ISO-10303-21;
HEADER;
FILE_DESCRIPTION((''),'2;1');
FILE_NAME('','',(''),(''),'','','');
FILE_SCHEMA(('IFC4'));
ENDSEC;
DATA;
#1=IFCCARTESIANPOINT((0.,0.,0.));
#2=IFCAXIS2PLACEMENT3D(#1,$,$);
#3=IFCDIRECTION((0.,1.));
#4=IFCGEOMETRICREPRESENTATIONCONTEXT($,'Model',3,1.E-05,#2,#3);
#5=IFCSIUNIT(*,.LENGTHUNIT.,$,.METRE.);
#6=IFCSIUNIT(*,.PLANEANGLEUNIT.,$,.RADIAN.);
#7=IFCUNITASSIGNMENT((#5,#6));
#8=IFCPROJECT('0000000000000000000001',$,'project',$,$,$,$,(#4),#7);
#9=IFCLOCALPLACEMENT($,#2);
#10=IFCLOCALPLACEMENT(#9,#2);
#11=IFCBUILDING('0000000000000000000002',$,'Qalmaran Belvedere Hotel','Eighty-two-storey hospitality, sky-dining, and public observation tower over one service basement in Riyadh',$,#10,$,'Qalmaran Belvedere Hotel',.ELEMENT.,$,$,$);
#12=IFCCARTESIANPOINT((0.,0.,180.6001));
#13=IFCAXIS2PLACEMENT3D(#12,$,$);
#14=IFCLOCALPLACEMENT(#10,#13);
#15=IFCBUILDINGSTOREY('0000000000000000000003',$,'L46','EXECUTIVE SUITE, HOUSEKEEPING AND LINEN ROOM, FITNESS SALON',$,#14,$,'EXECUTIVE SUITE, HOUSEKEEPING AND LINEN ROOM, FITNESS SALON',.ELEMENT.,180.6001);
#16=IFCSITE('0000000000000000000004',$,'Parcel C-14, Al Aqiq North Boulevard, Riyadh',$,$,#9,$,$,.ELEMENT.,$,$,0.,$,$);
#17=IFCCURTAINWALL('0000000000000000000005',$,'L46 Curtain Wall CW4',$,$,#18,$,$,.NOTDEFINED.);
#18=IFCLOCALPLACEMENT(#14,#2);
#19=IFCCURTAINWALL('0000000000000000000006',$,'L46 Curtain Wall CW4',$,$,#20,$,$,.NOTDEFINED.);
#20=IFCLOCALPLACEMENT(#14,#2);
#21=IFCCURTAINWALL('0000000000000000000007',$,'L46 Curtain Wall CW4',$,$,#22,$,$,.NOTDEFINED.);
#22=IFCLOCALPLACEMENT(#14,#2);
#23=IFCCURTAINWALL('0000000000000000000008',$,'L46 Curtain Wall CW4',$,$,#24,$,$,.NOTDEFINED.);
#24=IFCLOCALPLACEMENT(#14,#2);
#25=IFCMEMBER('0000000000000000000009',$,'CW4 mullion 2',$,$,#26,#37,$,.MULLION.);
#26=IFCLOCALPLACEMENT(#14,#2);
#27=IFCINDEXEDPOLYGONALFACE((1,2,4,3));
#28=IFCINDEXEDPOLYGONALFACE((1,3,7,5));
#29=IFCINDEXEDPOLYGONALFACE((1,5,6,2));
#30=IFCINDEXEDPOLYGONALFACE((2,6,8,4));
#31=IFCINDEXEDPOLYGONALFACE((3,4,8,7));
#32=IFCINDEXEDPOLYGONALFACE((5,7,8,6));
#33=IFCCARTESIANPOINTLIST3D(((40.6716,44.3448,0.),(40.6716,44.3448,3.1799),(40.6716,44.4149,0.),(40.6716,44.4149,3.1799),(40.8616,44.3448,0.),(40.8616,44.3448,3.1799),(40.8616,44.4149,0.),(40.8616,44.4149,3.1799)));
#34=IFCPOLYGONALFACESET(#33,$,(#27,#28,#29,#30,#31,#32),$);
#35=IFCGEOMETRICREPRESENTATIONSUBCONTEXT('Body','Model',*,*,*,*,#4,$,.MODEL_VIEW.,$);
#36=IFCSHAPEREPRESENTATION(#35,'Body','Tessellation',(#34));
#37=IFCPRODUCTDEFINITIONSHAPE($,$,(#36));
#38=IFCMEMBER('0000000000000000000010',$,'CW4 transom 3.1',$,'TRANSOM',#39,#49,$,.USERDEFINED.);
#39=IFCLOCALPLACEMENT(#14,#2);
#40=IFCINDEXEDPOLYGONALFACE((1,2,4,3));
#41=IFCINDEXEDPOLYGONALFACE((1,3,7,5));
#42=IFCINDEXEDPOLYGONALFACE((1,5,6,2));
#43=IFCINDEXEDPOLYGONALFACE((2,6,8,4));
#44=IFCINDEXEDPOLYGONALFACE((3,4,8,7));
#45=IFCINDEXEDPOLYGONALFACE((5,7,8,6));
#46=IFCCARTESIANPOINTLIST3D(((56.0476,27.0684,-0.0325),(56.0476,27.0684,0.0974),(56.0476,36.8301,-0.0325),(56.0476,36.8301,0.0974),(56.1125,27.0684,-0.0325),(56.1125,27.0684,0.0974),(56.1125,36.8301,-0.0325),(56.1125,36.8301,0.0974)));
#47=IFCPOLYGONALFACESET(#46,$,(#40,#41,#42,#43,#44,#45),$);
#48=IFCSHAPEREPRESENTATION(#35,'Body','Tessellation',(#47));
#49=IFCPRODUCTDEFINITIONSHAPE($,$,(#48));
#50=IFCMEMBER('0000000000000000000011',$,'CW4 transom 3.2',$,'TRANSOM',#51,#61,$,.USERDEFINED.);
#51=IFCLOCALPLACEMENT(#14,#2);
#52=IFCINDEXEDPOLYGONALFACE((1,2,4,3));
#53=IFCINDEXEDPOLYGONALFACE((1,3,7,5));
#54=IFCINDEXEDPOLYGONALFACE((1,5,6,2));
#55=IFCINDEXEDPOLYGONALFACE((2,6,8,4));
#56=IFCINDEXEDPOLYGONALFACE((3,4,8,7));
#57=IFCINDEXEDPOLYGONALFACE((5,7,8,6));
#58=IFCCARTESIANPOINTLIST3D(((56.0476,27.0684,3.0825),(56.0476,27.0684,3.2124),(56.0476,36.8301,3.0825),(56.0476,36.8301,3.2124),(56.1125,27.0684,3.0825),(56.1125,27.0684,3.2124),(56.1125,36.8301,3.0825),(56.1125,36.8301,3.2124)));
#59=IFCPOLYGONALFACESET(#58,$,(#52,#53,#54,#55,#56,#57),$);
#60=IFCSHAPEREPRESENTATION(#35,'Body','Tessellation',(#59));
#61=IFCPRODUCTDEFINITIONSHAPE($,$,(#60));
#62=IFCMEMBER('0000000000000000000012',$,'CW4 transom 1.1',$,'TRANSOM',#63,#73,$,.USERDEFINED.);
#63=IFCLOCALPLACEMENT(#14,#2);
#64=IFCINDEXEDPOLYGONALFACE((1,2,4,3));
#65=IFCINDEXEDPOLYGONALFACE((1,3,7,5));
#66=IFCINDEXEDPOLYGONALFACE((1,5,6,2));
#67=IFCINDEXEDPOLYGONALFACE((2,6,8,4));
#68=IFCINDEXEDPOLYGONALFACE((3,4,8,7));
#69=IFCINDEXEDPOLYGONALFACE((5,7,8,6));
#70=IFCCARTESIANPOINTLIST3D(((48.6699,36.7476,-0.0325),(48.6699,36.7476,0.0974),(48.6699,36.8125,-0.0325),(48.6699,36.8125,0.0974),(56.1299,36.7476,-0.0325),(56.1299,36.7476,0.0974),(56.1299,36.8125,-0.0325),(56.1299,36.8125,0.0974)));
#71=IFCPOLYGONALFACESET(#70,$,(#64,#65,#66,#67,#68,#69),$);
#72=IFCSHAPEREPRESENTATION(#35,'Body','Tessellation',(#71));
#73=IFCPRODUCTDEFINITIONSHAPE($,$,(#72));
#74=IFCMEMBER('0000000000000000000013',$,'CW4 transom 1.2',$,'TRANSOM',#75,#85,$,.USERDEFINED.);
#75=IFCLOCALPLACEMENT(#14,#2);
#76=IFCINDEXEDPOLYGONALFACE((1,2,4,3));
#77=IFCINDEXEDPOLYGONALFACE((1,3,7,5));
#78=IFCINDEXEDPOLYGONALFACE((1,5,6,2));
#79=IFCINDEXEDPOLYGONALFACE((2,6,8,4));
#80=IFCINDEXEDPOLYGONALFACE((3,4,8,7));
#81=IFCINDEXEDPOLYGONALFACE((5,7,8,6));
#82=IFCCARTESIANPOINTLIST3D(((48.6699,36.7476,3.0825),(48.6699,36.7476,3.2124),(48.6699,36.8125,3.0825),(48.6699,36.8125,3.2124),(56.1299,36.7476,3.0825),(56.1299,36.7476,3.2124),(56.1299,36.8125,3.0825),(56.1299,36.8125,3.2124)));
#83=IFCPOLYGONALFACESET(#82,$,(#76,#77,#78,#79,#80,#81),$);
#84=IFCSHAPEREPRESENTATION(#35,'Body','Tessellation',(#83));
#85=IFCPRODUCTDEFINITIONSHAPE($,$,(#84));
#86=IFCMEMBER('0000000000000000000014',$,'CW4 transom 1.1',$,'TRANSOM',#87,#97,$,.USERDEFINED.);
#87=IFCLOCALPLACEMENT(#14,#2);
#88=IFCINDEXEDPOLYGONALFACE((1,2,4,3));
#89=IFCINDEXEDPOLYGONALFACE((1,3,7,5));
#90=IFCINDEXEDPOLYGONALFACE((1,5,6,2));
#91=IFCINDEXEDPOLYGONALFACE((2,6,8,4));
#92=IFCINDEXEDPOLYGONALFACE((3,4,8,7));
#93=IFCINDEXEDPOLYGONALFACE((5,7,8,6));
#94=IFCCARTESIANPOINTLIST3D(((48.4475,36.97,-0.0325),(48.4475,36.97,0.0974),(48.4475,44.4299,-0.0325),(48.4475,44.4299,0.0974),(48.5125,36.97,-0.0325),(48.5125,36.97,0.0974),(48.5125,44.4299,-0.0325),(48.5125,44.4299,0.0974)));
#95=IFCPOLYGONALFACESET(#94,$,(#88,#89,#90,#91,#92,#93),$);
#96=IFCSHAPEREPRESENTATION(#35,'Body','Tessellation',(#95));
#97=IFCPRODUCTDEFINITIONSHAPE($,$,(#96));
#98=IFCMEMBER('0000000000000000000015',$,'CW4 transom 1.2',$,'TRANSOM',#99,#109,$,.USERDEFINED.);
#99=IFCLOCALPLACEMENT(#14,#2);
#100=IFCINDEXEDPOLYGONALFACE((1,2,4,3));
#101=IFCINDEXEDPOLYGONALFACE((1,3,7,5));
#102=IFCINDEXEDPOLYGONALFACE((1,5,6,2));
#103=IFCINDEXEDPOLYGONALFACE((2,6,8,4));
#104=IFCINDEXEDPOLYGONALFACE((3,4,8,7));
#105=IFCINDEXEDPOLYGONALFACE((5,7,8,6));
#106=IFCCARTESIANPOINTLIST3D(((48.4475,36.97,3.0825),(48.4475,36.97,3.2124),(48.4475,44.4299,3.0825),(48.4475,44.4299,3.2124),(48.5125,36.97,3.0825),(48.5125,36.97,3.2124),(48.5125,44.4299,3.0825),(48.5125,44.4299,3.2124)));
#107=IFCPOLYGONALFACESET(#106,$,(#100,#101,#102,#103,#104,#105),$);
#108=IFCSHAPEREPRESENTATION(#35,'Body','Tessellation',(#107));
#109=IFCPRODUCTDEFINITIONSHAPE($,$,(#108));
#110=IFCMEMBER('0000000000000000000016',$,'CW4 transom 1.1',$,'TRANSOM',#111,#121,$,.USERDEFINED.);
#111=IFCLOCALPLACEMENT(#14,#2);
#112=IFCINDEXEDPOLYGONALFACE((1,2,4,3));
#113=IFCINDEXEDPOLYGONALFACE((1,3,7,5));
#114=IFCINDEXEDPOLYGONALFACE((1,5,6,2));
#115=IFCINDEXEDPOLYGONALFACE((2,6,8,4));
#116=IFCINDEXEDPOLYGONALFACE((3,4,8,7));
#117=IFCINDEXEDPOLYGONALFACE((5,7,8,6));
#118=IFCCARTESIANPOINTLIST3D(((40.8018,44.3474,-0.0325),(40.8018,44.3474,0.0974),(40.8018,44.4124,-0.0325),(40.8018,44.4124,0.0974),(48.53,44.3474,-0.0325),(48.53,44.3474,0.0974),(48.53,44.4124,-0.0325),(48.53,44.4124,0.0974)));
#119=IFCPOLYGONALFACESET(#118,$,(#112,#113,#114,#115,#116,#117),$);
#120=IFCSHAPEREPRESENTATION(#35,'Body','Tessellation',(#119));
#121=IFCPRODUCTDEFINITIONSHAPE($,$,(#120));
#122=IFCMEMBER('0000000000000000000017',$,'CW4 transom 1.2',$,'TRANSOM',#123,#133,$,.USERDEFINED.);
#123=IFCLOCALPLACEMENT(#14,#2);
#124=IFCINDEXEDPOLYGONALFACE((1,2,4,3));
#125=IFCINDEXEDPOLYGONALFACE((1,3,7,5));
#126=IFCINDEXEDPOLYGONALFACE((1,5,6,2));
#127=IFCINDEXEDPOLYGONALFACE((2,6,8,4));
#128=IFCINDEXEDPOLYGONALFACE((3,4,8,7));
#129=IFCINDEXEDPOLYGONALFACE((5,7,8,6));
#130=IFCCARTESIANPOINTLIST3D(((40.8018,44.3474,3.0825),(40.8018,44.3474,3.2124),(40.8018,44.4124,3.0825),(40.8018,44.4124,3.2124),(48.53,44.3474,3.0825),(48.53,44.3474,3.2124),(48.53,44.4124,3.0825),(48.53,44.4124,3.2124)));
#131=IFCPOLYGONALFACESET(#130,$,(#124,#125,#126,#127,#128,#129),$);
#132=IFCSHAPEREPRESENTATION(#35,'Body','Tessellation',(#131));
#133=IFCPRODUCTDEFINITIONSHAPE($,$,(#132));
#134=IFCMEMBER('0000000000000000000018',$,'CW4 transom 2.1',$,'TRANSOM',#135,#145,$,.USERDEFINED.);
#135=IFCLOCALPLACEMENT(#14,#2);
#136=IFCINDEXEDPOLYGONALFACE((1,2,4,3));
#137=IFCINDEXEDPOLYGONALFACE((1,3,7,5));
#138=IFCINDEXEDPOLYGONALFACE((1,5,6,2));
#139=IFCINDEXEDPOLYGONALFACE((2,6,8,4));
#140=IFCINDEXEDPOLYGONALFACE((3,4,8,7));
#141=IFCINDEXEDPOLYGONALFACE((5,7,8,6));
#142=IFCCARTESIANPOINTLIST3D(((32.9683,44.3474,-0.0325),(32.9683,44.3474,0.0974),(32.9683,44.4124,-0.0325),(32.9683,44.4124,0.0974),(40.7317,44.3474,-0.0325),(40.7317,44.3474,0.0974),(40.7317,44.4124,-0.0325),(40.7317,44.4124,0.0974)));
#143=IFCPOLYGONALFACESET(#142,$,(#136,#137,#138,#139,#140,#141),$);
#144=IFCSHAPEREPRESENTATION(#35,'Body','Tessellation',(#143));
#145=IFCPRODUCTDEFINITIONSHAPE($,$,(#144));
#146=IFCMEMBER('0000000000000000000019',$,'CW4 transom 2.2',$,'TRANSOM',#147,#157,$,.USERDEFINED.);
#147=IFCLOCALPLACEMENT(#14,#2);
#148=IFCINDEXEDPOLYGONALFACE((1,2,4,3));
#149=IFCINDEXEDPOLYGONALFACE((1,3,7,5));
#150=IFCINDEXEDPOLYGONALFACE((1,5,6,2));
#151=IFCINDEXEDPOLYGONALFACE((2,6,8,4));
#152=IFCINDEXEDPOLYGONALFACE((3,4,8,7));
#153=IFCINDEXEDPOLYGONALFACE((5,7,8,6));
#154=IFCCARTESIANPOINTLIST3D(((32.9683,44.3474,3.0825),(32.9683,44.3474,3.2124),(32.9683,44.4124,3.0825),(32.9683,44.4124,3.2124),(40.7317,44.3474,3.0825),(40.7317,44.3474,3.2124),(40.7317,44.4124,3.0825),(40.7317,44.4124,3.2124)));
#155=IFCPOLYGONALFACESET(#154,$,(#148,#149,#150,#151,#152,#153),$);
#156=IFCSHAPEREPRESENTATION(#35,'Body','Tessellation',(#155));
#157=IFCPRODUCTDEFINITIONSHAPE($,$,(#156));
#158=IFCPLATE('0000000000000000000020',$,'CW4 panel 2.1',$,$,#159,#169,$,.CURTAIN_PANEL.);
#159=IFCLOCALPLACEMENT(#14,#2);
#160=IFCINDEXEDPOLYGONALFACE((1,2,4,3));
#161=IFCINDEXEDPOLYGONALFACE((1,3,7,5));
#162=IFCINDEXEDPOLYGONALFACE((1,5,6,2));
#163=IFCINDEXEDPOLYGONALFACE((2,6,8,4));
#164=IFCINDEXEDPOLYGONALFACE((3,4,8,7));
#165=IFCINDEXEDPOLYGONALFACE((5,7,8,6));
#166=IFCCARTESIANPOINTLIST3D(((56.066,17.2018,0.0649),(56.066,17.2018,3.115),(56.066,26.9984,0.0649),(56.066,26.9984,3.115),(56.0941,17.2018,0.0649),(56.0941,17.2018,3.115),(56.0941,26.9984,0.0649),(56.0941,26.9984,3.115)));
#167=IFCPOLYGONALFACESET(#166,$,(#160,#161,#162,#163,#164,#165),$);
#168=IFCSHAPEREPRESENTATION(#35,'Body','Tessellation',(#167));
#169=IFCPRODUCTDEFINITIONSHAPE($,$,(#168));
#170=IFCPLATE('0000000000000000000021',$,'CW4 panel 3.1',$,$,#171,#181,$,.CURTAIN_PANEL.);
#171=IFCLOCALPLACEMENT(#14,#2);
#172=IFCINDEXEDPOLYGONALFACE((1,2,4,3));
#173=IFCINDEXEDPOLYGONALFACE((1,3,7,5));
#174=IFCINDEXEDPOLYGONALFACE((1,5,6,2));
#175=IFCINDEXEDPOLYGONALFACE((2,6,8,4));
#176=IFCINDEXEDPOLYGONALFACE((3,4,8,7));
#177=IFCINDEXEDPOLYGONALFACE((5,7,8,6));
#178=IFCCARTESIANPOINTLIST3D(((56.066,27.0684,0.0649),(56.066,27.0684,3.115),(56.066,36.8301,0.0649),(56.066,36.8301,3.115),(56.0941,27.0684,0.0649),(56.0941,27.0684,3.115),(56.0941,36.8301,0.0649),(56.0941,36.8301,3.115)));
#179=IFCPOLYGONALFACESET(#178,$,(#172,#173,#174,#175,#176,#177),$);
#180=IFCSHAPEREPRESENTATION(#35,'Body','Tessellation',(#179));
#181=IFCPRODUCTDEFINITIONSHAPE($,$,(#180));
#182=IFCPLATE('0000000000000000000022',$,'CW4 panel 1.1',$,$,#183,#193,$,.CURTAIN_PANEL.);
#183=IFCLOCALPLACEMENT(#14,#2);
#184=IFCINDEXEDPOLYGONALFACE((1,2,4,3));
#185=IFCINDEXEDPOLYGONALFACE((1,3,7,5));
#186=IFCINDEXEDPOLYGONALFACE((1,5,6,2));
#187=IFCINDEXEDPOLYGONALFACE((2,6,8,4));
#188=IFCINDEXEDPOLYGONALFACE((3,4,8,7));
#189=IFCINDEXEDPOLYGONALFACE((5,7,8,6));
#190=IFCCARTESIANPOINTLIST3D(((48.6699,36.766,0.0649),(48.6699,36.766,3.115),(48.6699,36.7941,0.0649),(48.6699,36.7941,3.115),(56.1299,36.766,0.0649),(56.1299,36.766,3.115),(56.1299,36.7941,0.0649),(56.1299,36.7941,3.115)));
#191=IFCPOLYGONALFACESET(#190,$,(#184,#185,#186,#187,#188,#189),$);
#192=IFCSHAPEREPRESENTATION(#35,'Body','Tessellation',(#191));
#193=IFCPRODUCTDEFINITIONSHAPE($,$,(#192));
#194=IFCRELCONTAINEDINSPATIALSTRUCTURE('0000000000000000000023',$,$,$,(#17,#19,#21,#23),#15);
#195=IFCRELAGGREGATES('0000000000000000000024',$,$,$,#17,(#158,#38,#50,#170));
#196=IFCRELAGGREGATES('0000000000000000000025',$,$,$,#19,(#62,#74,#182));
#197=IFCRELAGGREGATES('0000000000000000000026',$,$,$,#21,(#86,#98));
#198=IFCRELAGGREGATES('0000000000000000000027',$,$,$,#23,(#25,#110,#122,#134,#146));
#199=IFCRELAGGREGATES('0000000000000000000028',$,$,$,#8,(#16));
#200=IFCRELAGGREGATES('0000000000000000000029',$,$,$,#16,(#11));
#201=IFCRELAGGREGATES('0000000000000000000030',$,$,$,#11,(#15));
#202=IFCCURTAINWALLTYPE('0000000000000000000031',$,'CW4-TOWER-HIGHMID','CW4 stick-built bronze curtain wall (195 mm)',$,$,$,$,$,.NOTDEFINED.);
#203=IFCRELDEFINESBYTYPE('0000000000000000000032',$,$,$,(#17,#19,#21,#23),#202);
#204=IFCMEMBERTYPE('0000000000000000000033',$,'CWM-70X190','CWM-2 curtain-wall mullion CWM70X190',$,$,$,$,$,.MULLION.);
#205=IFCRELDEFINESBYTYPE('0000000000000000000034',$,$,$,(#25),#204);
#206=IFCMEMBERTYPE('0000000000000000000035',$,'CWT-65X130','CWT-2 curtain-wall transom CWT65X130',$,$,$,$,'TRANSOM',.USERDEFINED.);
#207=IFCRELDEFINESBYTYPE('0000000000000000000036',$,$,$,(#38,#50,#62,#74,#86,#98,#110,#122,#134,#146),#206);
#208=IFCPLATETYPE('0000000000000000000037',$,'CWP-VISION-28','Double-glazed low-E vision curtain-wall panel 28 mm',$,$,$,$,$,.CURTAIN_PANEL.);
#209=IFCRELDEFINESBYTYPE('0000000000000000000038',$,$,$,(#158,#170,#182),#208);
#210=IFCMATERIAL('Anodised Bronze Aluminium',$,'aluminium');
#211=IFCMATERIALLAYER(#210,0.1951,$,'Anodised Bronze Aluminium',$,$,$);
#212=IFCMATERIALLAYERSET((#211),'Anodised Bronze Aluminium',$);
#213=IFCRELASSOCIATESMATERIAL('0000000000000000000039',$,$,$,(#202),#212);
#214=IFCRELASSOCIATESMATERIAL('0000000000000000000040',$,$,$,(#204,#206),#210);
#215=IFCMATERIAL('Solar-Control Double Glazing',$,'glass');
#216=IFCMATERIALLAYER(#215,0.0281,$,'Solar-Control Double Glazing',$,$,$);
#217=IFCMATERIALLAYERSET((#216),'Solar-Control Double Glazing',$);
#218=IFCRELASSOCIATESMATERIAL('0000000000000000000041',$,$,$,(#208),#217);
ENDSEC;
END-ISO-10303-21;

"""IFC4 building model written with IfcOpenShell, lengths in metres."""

from ifc_helpers import new_model, si_unit, direction, frame, origin, origin_2d, place, context, subcontext, project, spatial, rectangle, extrude, material, layer, layer_set, material_profile, profile_set, type_object, element, aggregate, save


model = new_model("IFC4")

# Units and contexts
model_context = context("Model", 3, precision=1e-05, world=origin(), true_north=direction((0.0, 1.0)))
body_context = subcontext(model_context, "Body", "Model", "MODEL_VIEW")
ifc_project = project(units=[si_unit("LENGTHUNIT", "METRE"), si_unit("PLANEANGLEUNIT", "RADIAN")], contexts=[model_context])

# Site, building, storey
site_placement = place(None, origin())
site = spatial("IfcSite", under=ifc_project, at=site_placement, Name="Parcel C-14, Al Aqiq North Boulevard, Riyadh", CompositionType="ELEMENT", RefElevation=0.0)
building_placement = place(site_placement, origin())
building = spatial("IfcBuilding", under=site, at=building_placement, Name="Qalmaran Belvedere Hotel", Description="Eighty-two-storey hospitality, sky-dining, and public observation tower over one service basement in Riyadh", LongName="Qalmaran Belvedere Hotel", CompositionType="ELEMENT")
storey_placement = place(building_placement, frame((0.0, 0.0, 180.6001)))
storey = spatial("IfcBuildingStorey", under=building, at=storey_placement, Name="L46", Description="EXECUTIVE SUITE, HOUSEKEEPING AND LINEN ROOM, FITNESS SALON", LongName="EXECUTIVE SUITE, HOUSEKEEPING AND LINEN ROOM, FITNESS SALON", CompositionType="ELEMENT", Elevation=180.6001)

# Curtain walls, member
ifc_material_1 = material(Name="Anodised Bronze Aluminium", Category="aluminium")
ifc_layer_1 = layer(ifc_material_1, 0.1951, Name="Anodised Bronze Aluminium")
ifc_layer_set_1 = layer_set([ifc_layer_1], Name="Anodised Bronze Aluminium")
curtain_wall_type = type_object("IfcCurtainWallType", Name="CW4-TOWER-HIGHMID", Description="CW4 stick-built bronze curtain wall (195 mm)", PredefinedType="NOTDEFINED", material=ifc_layer_set_1)
curtain_wall_1_placement = place(storey_placement, origin())
curtain_wall_1 = element("IfcCurtainWall", 1, at=curtain_wall_1_placement, inside=storey, type_object=curtain_wall_type, Name="L46 Curtain Wall CW4", PredefinedType="NOTDEFINED")
ifc_material_profile_1 = material_profile(ifc_material_1, rectangle(XDim=0.0701, YDim=0.1899, at=origin_2d()), Name="CWM70X190")
ifc_profile_set_1 = profile_set([ifc_material_profile_1], Name="Anodised Bronze Aluminium")
member_type_1 = type_object("IfcMemberType", Name="CWM-70X190", Description="CWM-2 curtain-wall mullion CWM70X190", PredefinedType="MULLION", material=ifc_profile_set_1)
curtain_wall_2_placement = place(storey_placement, origin())
curtain_wall_2 = element("IfcCurtainWall", 2, at=curtain_wall_2_placement, inside=storey, type_object=curtain_wall_type, Name="L46 Curtain Wall CW4", PredefinedType="NOTDEFINED")
curtain_wall_3_placement = place(storey_placement, origin())
curtain_wall_3 = element("IfcCurtainWall", 3, at=curtain_wall_3_placement, inside=storey, type_object=curtain_wall_type, Name="L46 Curtain Wall CW4", PredefinedType="NOTDEFINED")
curtain_wall_4_placement = place(storey_placement, origin())
curtain_wall_4 = element("IfcCurtainWall", 4, at=curtain_wall_4_placement, inside=storey, type_object=curtain_wall_type, Name="L46 Curtain Wall CW4", PredefinedType="NOTDEFINED")
member_1_placement = place(storey_placement, frame((40.7666, 44.3799, 0.0), z_axis=(0.0, 0.0, 1.0), x_axis=(0.0, -1.0, 0.0)))
member_1 = element("IfcMember", 5, at=member_1_placement, type_object=member_type_1, Name="CW4 mullion 2", PredefinedType="MULLION", context=body_context, shape_type="SweptSolid", body=[
    extrude(rectangle(XDim=0.0701, YDim=0.1899, at=origin_2d()), origin(), (0.0, 0.0, 1.0), 3.1799),
])

# Members
ifc_material_profile_2 = material_profile(ifc_material_1, rectangle(XDim=0.0649, YDim=0.1299, at=origin_2d()), Name="CWT65X130")
ifc_profile_set_2 = profile_set([ifc_material_profile_2], Name="Anodised Bronze Aluminium")
member_type_2 = type_object("IfcMemberType", Name="CWT-65X130", Description="CWT-2 curtain-wall transom CWT65X130", ElementType="TRANSOM", PredefinedType="USERDEFINED", material=ifc_profile_set_2)
member_2_placement = place(storey_placement, frame((56.0801, 27.0684, 0.0325), z_axis=(0.0, 1.0, 0.0), x_axis=(-1.0, 0.0, 0.0)))
member_2 = element("IfcMember", 6, at=member_2_placement, type_object=member_type_2, Name="CW4 transom 3.1", ObjectType="TRANSOM", PredefinedType="USERDEFINED", context=body_context, shape_type="SweptSolid", body=[
    extrude(rectangle(XDim=0.0649, YDim=0.1299, at=origin_2d()), origin(), (0.0, 0.0, 1.0), 9.7617),
])
member_3_placement = place(storey_placement, frame((56.0801, 27.0684, 3.1475), z_axis=(0.0, 1.0, 0.0), x_axis=(-1.0, 0.0, 0.0)))
member_3 = element("IfcMember", 7, at=member_3_placement, type_object=member_type_2, Name="CW4 transom 3.2", ObjectType="TRANSOM", PredefinedType="USERDEFINED", context=body_context, shape_type="SweptSolid", body=[
    extrude(rectangle(XDim=0.0649, YDim=0.1299, at=origin_2d()), origin(), (0.0, 0.0, 1.0), 9.7617),
])
member_4_placement = place(storey_placement, frame((56.1299, 36.78, 0.0325), z_axis=(-1.0, 0.0, 0.0), x_axis=(0.0, -1.0, 0.0)))
member_4 = element("IfcMember", 8, at=member_4_placement, type_object=member_type_2, Name="CW4 transom 1.1", ObjectType="TRANSOM", PredefinedType="USERDEFINED", context=body_context, shape_type="SweptSolid", body=[
    extrude(rectangle(XDim=0.0649, YDim=0.1299, at=origin_2d()), origin(), (0.0, 0.0, 1.0), 7.46),
])
member_5_placement = place(storey_placement, frame((56.1299, 36.78, 3.1475), z_axis=(-1.0, 0.0, 0.0), x_axis=(0.0, -1.0, 0.0)))
member_5 = element("IfcMember", 9, at=member_5_placement, type_object=member_type_2, Name="CW4 transom 1.2", ObjectType="TRANSOM", PredefinedType="USERDEFINED", context=body_context, shape_type="SweptSolid", body=[
    extrude(rectangle(XDim=0.0649, YDim=0.1299, at=origin_2d()), origin(), (0.0, 0.0, 1.0), 7.46),
])
member_6_placement = place(storey_placement, frame((48.48, 36.97, 0.0325), z_axis=(0.0, 1.0, 0.0), x_axis=(-1.0, 0.0, 0.0)))
member_6 = element("IfcMember", 10, at=member_6_placement, type_object=member_type_2, Name="CW4 transom 1.1", ObjectType="TRANSOM", PredefinedType="USERDEFINED", context=body_context, shape_type="SweptSolid", body=[
    extrude(rectangle(XDim=0.0649, YDim=0.1299, at=origin_2d()), origin(), (0.0, 0.0, 1.0), 7.46),
])
member_7_placement = place(storey_placement, frame((48.48, 36.97, 3.1475), z_axis=(0.0, 1.0, 0.0), x_axis=(-1.0, 0.0, 0.0)))
member_7 = element("IfcMember", 11, at=member_7_placement, type_object=member_type_2, Name="CW4 transom 1.2", ObjectType="TRANSOM", PredefinedType="USERDEFINED", context=body_context, shape_type="SweptSolid", body=[
    extrude(rectangle(XDim=0.0649, YDim=0.1299, at=origin_2d()), origin(), (0.0, 0.0, 1.0), 7.46),
])
member_8_placement = place(storey_placement, frame((48.53, 44.3799, 0.0325), z_axis=(-1.0, 0.0, 0.0), x_axis=(0.0, -1.0, 0.0)))
member_8 = element("IfcMember", 12, at=member_8_placement, type_object=member_type_2, Name="CW4 transom 1.1", ObjectType="TRANSOM", PredefinedType="USERDEFINED", context=body_context, shape_type="SweptSolid", body=[
    extrude(rectangle(XDim=0.0649, YDim=0.1299, at=origin_2d()), origin(), (0.0, 0.0, 1.0), 7.7283),
])
member_9_placement = place(storey_placement, frame((48.53, 44.3799, 3.1475), z_axis=(-1.0, 0.0, 0.0), x_axis=(0.0, -1.0, 0.0)))
member_9 = element("IfcMember", 13, at=member_9_placement, type_object=member_type_2, Name="CW4 transom 1.2", ObjectType="TRANSOM", PredefinedType="USERDEFINED", context=body_context, shape_type="SweptSolid", body=[
    extrude(rectangle(XDim=0.0649, YDim=0.1299, at=origin_2d()), origin(), (0.0, 0.0, 1.0), 7.7283),
])
member_10_placement = place(storey_placement, frame((40.7317, 44.3799, 0.0325), z_axis=(-1.0, 0.0, 0.0), x_axis=(0.0, -1.0, 0.0)))
member_10 = element("IfcMember", 14, at=member_10_placement, type_object=member_type_2, Name="CW4 transom 2.1", ObjectType="TRANSOM", PredefinedType="USERDEFINED", context=body_context, shape_type="SweptSolid", body=[
    extrude(rectangle(XDim=0.0649, YDim=0.1299, at=origin_2d()), origin(), (0.0, 0.0, 1.0), 7.7634),
])
member_11_placement = place(storey_placement, frame((40.7317, 44.3799, 3.1475), z_axis=(-1.0, 0.0, 0.0), x_axis=(0.0, -1.0, 0.0)))
member_11 = element("IfcMember", 15, at=member_11_placement, type_object=member_type_2, Name="CW4 transom 2.2", ObjectType="TRANSOM", PredefinedType="USERDEFINED", context=body_context, shape_type="SweptSolid", body=[
    extrude(rectangle(XDim=0.0649, YDim=0.1299, at=origin_2d()), origin(), (0.0, 0.0, 1.0), 7.7634),
])

# Plates
ifc_material_2 = material(Name="Solar-Control Double Glazing", Category="glass")
ifc_layer_2 = layer(ifc_material_2, 0.0281, Name="Solar-Control Double Glazing")
ifc_layer_set_2 = layer_set([ifc_layer_2], Name="Solar-Control Double Glazing")
plate_type = type_object("IfcPlateType", Name="CWP-VISION-28", Description="Double-glazed low-E vision curtain-wall panel 28 mm", PredefinedType="CURTAIN_PANEL", material=ifc_layer_set_2)
plate_1_placement = place(storey_placement, frame((56.0801, 22.1001, 0.0649), z_axis=(0.0, 0.0, 1.0), x_axis=(0.0, 1.0, 0.0)))
plate_1 = element("IfcPlate", 16, at=plate_1_placement, type_object=plate_type, Name="CW4 panel 2.1", PredefinedType="CURTAIN_PANEL", context=body_context, shape_type="SweptSolid", body=[
    extrude(rectangle(XDim=9.7966, YDim=0.0281, at=origin_2d()), origin(), (0.0, 0.0, 1.0), 3.05),
])
plate_2_placement = place(storey_placement, frame((56.0801, 31.9492, 0.0649), z_axis=(0.0, 0.0, 1.0), x_axis=(0.0, 1.0, 0.0)))
plate_2 = element("IfcPlate", 17, at=plate_2_placement, type_object=plate_type, Name="CW4 panel 3.1", PredefinedType="CURTAIN_PANEL", context=body_context, shape_type="SweptSolid", body=[
    extrude(rectangle(XDim=9.7617, YDim=0.0281, at=origin_2d()), origin(), (0.0, 0.0, 1.0), 3.05),
])
aggregate(curtain_wall_1, [plate_1, member_2, member_3, plate_2])
plate_3_placement = place(storey_placement, frame((52.3999, 36.78, 0.0649), z_axis=(0.0, 0.0, 1.0), x_axis=(-1.0, 0.0, 0.0)))
plate_3 = element("IfcPlate", 18, at=plate_3_placement, type_object=plate_type, Name="CW4 panel 1.1", PredefinedType="CURTAIN_PANEL", context=body_context, shape_type="SweptSolid", body=[
    extrude(rectangle(XDim=7.46, YDim=0.0281, at=origin_2d()), origin(), (0.0, 0.0, 1.0), 3.05),
])
aggregate(curtain_wall_2, [member_4, member_5, plate_3])
aggregate(curtain_wall_3, [member_6, member_7])
aggregate(curtain_wall_4, [member_1, member_8, member_9, member_10, member_11])

save(model, "model.ifc")
